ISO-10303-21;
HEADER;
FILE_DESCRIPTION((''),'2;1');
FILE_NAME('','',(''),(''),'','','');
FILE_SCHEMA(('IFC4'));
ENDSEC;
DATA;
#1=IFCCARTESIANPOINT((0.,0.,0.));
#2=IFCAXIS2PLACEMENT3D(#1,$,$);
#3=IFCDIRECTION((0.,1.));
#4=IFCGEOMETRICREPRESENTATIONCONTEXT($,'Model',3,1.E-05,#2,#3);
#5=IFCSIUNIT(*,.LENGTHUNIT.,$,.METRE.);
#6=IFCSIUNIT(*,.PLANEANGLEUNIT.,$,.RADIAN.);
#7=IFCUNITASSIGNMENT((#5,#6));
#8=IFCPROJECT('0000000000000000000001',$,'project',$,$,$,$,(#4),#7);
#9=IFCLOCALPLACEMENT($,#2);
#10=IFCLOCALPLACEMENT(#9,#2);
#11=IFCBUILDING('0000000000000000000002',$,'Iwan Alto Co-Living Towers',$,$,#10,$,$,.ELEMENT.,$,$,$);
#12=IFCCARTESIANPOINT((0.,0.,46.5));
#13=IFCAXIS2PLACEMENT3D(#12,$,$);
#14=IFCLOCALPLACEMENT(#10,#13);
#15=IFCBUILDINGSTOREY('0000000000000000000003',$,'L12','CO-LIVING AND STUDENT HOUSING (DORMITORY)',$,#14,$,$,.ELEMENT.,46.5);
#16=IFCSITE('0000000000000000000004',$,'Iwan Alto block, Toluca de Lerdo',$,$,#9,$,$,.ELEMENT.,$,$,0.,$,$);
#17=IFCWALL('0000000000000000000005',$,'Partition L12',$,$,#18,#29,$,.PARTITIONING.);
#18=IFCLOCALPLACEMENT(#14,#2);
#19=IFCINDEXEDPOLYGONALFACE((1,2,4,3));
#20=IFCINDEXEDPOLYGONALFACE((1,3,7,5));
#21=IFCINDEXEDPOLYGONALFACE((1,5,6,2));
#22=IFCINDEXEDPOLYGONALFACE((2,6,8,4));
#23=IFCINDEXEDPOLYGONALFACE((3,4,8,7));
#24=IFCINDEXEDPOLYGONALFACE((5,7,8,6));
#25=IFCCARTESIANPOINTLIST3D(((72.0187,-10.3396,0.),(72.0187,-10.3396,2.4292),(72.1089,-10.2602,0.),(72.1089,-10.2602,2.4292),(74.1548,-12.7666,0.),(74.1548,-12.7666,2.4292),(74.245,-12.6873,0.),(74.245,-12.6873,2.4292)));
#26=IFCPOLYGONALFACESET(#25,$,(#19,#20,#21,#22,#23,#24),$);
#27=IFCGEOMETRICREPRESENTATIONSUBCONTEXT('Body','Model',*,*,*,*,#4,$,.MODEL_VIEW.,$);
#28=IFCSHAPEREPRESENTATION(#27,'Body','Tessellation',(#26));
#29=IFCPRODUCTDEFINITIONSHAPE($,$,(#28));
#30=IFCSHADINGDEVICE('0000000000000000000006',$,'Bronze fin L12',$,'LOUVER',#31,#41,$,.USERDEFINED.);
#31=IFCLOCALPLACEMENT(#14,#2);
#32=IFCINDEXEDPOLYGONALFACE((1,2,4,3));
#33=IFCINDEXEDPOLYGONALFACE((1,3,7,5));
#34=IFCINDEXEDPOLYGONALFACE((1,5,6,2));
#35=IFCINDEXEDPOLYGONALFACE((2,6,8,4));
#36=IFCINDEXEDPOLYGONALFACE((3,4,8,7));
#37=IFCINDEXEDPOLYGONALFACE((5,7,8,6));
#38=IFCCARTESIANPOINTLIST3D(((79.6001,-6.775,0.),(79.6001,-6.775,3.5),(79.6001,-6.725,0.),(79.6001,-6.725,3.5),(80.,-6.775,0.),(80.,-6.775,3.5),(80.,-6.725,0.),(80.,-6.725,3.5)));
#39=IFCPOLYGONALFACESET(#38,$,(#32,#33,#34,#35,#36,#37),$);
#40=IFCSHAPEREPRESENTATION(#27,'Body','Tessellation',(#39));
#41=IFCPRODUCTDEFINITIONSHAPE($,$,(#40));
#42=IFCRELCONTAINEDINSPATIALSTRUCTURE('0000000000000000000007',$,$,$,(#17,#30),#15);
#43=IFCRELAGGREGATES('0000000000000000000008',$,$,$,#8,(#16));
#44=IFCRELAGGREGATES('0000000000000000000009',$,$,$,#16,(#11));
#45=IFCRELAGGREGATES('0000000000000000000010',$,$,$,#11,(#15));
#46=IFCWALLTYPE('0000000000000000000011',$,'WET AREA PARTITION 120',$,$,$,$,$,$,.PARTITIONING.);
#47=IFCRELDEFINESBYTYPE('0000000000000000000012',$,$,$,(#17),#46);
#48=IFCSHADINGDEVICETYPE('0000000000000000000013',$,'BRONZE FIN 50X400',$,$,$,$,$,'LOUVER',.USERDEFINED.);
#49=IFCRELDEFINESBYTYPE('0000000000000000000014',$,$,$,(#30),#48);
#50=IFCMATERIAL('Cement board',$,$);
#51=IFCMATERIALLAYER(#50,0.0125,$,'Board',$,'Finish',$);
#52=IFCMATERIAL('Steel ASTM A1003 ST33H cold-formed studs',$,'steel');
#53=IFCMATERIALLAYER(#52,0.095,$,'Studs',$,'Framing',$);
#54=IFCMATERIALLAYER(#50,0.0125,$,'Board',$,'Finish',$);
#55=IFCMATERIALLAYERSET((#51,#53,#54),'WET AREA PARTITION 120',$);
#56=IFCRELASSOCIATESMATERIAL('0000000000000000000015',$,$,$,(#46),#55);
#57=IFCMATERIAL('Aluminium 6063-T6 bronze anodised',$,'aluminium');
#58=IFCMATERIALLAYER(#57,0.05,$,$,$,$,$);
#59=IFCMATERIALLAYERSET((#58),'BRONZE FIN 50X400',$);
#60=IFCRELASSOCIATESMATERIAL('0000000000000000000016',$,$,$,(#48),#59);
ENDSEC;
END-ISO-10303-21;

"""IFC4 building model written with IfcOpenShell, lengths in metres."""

from ifc_helpers import new_model, si_unit, direction, frame, frame_2d, origin, origin_2d, place, context, subcontext, project, spatial, rectangle, extrude, material, layer, layer_set, type_object, element, save


model = new_model("IFC4")

# Units and contexts
model_context = context("Model", 3, precision=1e-05, world=origin(), true_north=direction((0.0, 1.0)))
body_context = subcontext(model_context, "Body", "Model", "MODEL_VIEW")
ifc_project = project(units=[si_unit("LENGTHUNIT", "METRE"), si_unit("PLANEANGLEUNIT", "RADIAN")], contexts=[model_context])

# Site, building, storey
site_placement = place(None, origin())
site = spatial("IfcSite", under=ifc_project, at=site_placement, Name="Iwan Alto block, Toluca de Lerdo", CompositionType="ELEMENT", RefElevation=0.0)
building_placement = place(site_placement, origin())
building = spatial("IfcBuilding", under=site, at=building_placement, Name="Iwan Alto Co-Living Towers", CompositionType="ELEMENT")
storey_placement = place(building_placement, frame((0.0, 0.0, 46.5)))
storey = spatial("IfcBuildingStorey", under=building, at=storey_placement, Name="L12", Description="CO-LIVING AND STUDENT HOUSING (DORMITORY)", CompositionType="ELEMENT", Elevation=46.5)

# Shared definitions
ifc_material_1 = material(Name="Steel ASTM A1003 ST33H cold-formed studs", Category="steel")
ifc_material_2 = material(Name="Cement board")
ifc_layer_1 = layer(ifc_material_2, 0.0125, Name="Board", Category="Finish")
ifc_layer_2 = layer(ifc_material_1, 0.095, Name="Studs", Category="Framing")
ifc_layer_3 = layer(ifc_material_2, 0.0125, Name="Board", Category="Finish")
ifc_layer_set_1 = layer_set([ifc_layer_1, ifc_layer_2, ifc_layer_3], Name="WET AREA PARTITION 120")
wall_type_1 = type_object("IfcWallType", Name="WET AREA PARTITION 120", PredefinedType="PARTITIONING", material=ifc_layer_set_1)

# Wall
wall_1_placement = place(storey_placement, frame((74.2, -12.7271, 0.0), z_axis=(0.0, 0.0, 1.0), x_axis=(-0.660667, 0.750679, 0.0)))
element("IfcWall", 1, at=wall_1_placement, inside=storey, type_object=wall_type_1, Name="Partition L12", PredefinedType="PARTITIONING", context=body_context, shape_type="SweptSolid", body=[
    extrude(rectangle(XDim=3.2332, YDim=0.1201, at=frame_2d((1.6167, 0.0))), origin(), (0.0, 0.0, 1.0), 2.4292),
])

# Shading device
ifc_material_3 = material(Name="Aluminium 6063-T6 bronze anodised", Category="aluminium")
ifc_layer_4 = layer(ifc_material_3, 0.05)
ifc_layer_set_2 = layer_set([ifc_layer_4], Name="BRONZE FIN 50X400")
shading_device_type = type_object("IfcShadingDeviceType", Name="BRONZE FIN 50X400", ElementType="LOUVER", PredefinedType="USERDEFINED", material=ifc_layer_set_2)
shading_device_placement = place(storey_placement, frame((79.8, -6.75, 0.0), z_axis=(0.0, 0.0, 1.0), x_axis=(0.0, 1.0, 0.0)))
element("IfcShadingDevice", 2, at=shading_device_placement, inside=storey, type_object=shading_device_type, Name="Bronze fin L12", ObjectType="LOUVER", PredefinedType="USERDEFINED", context=body_context, shape_type="SweptSolid", body=[
    extrude(rectangle(XDim=0.05, YDim=0.3999, at=origin_2d()), origin(), (0.0, 0.0, 1.0), 3.5),
])

save(model, "model.ifc")
